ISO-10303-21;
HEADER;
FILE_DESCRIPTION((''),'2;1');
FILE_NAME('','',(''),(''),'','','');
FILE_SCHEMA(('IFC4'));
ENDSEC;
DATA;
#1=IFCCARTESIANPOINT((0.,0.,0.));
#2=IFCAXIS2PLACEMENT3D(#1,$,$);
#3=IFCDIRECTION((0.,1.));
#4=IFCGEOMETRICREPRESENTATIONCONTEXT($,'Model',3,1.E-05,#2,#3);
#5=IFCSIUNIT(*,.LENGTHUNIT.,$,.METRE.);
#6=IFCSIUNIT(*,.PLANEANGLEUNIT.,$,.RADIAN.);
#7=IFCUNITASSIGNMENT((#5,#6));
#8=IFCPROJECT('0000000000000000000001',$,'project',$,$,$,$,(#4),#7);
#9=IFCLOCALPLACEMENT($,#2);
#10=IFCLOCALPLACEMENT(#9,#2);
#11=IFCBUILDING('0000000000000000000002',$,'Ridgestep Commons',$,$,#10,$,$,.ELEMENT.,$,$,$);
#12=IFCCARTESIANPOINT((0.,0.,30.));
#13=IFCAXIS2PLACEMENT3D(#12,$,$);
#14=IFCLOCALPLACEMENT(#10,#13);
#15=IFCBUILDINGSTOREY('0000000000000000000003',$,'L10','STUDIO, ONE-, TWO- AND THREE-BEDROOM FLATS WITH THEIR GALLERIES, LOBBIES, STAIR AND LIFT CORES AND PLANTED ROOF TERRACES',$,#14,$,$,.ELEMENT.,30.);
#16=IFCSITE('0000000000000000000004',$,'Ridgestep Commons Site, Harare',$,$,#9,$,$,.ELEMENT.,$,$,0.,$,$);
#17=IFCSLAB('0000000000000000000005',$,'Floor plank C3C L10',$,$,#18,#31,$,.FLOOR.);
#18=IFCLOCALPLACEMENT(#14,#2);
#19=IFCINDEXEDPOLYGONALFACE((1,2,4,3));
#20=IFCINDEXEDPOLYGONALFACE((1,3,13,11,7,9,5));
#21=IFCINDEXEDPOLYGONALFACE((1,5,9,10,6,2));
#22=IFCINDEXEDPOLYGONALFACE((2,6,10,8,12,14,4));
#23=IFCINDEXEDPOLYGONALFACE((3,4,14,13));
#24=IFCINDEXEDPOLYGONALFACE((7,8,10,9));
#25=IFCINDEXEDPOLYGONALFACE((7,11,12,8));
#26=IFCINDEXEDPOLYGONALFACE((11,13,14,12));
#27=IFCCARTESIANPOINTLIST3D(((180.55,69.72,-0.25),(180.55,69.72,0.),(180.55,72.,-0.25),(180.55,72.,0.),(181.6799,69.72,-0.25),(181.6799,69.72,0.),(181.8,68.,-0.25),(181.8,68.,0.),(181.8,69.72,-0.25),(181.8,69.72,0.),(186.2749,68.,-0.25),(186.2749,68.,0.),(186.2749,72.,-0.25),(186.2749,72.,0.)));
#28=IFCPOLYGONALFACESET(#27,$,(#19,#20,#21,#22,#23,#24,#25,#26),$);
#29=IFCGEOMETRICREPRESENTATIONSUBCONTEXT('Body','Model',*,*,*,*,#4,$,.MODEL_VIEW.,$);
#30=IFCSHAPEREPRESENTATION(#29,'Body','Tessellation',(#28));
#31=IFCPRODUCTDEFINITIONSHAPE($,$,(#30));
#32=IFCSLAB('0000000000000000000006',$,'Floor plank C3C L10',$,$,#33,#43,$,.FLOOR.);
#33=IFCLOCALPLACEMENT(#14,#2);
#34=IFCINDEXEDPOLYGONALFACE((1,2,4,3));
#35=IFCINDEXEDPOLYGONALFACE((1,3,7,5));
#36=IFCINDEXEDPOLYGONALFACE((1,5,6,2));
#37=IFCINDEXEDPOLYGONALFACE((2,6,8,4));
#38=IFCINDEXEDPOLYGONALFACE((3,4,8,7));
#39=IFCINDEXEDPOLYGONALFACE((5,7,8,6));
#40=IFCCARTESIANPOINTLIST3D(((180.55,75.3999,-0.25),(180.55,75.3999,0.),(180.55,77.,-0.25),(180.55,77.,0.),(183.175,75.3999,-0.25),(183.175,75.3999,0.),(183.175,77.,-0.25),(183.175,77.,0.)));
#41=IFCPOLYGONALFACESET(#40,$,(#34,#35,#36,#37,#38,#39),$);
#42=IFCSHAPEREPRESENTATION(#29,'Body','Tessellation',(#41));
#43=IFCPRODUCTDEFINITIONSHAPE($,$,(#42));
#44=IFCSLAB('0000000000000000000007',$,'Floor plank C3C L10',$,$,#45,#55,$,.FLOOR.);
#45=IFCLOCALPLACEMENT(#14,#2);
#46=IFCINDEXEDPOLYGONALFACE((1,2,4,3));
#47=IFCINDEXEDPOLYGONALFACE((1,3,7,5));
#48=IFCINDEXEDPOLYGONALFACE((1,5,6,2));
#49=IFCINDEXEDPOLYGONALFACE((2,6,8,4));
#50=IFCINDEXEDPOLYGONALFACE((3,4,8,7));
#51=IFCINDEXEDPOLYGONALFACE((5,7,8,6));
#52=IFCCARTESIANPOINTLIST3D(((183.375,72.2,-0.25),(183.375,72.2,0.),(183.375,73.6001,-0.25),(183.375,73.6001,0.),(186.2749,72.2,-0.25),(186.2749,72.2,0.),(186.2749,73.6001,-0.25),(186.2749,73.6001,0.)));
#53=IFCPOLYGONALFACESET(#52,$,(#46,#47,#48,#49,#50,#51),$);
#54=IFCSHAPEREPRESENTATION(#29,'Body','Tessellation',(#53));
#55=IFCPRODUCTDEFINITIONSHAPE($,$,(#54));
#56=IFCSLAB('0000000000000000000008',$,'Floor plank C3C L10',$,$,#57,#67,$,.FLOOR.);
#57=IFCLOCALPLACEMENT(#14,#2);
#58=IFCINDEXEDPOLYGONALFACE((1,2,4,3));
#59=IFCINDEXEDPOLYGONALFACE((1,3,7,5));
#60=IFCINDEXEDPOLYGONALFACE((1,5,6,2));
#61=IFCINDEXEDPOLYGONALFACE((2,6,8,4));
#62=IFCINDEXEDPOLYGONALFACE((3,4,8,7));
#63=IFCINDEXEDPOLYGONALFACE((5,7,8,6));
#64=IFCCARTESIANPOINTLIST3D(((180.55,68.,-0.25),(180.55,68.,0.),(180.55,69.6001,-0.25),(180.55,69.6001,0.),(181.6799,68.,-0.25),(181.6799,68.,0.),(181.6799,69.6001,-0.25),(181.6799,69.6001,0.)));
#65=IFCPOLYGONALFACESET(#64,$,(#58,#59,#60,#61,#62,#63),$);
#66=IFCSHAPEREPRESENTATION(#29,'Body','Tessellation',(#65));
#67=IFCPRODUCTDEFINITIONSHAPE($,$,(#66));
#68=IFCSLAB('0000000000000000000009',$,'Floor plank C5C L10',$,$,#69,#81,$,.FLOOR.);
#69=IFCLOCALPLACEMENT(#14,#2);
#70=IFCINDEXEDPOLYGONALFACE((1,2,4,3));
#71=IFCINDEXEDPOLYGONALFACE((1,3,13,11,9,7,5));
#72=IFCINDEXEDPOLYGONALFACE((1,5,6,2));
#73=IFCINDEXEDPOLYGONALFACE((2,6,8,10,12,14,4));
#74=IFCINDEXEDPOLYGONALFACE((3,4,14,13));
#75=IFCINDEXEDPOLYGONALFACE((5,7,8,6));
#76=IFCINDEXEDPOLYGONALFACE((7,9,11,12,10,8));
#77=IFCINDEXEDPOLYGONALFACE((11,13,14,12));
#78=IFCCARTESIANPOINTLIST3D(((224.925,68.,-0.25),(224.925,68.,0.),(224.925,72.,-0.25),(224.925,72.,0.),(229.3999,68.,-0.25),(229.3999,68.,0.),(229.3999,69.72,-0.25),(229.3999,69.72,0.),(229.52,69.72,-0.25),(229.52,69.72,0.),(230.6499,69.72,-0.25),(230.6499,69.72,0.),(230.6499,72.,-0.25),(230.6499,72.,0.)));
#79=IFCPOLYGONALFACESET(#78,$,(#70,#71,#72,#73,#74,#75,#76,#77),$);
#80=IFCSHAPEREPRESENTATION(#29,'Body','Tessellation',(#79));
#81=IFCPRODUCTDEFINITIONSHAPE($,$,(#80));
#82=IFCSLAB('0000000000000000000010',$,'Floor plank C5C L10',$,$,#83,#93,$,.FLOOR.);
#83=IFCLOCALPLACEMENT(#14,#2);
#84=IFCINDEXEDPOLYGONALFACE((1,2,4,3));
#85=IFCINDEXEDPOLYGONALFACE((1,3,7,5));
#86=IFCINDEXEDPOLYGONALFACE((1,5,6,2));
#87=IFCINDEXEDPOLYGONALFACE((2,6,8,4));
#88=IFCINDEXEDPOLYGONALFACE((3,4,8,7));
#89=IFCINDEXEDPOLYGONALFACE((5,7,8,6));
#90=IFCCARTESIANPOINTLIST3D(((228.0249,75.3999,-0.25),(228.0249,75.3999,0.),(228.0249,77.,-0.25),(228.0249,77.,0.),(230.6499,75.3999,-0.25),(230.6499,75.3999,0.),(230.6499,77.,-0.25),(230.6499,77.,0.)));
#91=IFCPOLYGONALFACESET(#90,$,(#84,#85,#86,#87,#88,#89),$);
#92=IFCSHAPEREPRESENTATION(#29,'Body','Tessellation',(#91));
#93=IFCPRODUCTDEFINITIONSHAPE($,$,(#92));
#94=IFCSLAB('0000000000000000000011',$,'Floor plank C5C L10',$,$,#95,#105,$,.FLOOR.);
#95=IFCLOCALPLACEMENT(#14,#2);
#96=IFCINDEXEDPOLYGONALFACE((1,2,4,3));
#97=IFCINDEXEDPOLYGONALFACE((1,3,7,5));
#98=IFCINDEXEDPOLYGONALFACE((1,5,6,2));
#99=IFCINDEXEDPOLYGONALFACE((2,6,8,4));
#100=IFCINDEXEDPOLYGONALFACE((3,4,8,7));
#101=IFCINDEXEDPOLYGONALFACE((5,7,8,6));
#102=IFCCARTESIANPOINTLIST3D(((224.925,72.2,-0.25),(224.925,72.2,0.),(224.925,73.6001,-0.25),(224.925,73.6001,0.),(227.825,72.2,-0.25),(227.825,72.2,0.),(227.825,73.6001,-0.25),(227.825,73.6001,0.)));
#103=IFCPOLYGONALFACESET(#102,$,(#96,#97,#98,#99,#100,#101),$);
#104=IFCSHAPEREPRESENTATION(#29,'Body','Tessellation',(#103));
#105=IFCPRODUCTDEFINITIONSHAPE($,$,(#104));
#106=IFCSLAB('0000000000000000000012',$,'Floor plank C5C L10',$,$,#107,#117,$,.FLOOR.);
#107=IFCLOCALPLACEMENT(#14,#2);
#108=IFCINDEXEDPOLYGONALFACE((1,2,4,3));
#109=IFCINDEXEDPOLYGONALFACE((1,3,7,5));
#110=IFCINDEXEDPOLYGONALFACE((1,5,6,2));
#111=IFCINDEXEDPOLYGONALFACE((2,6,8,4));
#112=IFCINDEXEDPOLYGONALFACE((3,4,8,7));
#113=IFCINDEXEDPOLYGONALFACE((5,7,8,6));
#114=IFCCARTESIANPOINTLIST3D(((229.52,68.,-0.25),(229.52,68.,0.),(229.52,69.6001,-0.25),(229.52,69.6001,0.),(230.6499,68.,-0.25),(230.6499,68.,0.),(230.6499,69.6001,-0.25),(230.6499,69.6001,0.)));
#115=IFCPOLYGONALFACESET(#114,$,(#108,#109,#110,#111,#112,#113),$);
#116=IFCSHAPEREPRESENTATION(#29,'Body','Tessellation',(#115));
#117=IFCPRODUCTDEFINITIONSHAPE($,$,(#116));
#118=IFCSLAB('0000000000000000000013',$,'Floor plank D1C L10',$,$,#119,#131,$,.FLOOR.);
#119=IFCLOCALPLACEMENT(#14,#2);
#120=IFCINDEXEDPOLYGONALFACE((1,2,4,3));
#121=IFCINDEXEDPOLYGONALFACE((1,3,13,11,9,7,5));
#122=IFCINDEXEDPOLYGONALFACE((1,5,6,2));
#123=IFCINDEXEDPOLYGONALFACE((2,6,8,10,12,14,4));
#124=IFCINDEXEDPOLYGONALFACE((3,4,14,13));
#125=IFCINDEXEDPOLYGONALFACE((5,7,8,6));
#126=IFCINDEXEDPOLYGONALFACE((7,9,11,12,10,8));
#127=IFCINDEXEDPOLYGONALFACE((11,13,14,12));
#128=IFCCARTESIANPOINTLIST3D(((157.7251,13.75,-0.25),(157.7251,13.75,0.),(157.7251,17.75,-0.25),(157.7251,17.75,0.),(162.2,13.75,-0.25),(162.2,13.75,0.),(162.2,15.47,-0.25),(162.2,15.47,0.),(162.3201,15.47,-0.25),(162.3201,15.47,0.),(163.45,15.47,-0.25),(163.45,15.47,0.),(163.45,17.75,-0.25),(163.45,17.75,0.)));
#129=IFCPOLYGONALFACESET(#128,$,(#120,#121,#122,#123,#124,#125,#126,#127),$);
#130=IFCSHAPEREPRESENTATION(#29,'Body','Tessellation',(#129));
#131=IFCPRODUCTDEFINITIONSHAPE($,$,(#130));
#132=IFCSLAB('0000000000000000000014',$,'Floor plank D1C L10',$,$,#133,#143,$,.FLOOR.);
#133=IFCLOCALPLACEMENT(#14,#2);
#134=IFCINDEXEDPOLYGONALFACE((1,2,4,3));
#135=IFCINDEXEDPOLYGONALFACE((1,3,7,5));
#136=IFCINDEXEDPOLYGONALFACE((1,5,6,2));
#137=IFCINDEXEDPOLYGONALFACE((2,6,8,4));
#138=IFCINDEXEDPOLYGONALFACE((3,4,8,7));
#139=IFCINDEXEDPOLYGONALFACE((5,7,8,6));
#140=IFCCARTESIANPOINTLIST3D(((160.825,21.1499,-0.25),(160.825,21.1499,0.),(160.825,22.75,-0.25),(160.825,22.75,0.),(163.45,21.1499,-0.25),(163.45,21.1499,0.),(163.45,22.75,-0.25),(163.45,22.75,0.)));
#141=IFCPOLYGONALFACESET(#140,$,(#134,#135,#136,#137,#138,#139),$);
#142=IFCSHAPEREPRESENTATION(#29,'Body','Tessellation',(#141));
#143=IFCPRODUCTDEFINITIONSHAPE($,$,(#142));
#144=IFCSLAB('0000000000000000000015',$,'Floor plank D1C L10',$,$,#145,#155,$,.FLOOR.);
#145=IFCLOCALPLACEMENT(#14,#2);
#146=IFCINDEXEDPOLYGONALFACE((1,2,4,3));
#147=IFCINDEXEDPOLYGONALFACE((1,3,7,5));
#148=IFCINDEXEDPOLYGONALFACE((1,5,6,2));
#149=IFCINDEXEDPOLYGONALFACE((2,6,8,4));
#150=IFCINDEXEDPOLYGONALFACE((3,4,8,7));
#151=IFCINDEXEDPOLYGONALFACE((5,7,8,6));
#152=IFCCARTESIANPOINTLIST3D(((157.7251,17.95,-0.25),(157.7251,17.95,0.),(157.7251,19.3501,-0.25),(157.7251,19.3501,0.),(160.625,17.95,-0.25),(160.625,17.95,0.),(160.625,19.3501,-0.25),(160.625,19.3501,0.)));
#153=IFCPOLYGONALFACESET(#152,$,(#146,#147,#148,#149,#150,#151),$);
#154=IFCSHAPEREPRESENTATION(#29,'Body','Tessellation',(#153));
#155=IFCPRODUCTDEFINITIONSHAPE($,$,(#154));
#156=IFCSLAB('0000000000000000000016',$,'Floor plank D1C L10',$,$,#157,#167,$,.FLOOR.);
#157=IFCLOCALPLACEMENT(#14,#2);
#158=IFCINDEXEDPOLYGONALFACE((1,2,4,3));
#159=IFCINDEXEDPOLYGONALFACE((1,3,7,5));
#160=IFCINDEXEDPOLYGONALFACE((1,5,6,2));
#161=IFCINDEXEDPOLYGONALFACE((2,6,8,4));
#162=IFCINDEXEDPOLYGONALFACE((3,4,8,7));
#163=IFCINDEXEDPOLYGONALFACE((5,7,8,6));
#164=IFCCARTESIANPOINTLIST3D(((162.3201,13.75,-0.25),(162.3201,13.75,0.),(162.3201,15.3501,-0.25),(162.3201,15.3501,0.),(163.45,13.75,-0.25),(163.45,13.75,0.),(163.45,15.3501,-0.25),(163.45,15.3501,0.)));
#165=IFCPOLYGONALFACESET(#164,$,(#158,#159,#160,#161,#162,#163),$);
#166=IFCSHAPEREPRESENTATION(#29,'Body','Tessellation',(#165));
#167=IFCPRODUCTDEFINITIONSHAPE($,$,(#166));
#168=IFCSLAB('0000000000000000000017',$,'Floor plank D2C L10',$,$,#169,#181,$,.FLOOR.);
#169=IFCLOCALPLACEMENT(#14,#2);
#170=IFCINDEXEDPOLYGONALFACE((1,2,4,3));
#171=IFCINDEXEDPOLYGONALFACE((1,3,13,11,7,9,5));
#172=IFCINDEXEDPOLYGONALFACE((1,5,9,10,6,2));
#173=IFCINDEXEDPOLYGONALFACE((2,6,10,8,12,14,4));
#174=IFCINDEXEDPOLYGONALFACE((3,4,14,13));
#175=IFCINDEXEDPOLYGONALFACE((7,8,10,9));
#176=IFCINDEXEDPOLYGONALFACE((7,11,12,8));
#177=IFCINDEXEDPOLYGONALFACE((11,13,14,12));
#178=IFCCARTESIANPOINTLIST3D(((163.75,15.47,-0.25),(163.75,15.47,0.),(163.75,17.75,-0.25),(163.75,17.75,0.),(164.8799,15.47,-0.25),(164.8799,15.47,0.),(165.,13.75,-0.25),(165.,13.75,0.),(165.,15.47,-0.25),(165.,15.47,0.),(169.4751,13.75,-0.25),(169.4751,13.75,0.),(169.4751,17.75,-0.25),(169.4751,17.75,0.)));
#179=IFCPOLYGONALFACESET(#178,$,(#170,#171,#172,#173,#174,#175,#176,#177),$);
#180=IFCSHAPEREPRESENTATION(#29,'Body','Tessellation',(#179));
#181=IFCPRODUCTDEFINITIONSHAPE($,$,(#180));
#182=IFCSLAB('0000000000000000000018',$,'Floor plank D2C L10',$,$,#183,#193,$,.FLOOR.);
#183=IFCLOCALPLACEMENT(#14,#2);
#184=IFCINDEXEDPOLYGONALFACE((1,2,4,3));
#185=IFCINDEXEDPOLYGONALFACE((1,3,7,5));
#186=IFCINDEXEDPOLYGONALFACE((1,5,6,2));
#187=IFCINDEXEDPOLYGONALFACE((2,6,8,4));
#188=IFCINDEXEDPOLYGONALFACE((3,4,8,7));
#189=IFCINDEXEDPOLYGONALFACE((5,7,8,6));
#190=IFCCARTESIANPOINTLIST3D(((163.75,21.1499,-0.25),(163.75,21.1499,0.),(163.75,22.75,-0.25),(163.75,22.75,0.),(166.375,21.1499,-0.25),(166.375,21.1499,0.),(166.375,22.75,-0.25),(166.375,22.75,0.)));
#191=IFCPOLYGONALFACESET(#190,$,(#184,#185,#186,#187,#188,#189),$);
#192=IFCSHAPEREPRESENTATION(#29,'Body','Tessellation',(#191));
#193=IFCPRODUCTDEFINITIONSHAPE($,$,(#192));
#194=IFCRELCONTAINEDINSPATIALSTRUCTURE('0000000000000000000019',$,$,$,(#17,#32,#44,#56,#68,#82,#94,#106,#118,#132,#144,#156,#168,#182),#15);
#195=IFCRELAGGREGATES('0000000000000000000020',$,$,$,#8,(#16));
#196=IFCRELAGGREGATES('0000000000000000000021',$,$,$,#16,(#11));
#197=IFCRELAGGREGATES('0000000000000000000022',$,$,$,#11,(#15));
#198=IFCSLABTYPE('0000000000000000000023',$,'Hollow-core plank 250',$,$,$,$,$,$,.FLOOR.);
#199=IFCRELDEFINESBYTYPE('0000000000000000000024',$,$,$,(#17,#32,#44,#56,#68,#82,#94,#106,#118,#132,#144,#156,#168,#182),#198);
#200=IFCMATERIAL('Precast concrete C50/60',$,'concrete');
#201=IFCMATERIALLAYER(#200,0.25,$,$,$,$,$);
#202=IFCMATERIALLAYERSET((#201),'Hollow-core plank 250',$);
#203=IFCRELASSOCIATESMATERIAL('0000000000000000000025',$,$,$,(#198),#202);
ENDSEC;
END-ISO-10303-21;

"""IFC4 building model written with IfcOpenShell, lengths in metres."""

from ifc_helpers import new_model, si_unit, direction, frame, origin, place, context, subcontext, project, spatial, polyline, outline, extrude, material, layer, layer_set, type_object, element, save


model = new_model("IFC4")

# Units and contexts
model_context = context("Model", 3, precision=1e-05, world=origin(), true_north=direction((0.0, 1.0)))
body_context = subcontext(model_context, "Body", "Model", "MODEL_VIEW")
ifc_project = project(units=[si_unit("LENGTHUNIT", "METRE"), si_unit("PLANEANGLEUNIT", "RADIAN")], contexts=[model_context])

# Site, building, storey
site_placement = place(None, origin())
site = spatial("IfcSite", under=ifc_project, at=site_placement, Name="Ridgestep Commons Site, Harare", CompositionType="ELEMENT", RefElevation=0.0)
building_placement = place(site_placement, origin())
building = spatial("IfcBuilding", under=site, at=building_placement, Name="Ridgestep Commons", CompositionType="ELEMENT")
storey_placement = place(building_placement, frame((0.0, 0.0, 30.0)))
storey = spatial("IfcBuildingStorey", under=building, at=storey_placement, Name="L10", Description="STUDIO, ONE-, TWO- AND THREE-BEDROOM FLATS WITH THEIR GALLERIES, LOBBIES, STAIR AND LIFT CORES AND PLANTED ROOF TERRACES", CompositionType="ELEMENT", Elevation=30.0)

# Slabs
ifc_material_1 = material(Name="Precast concrete C50/60", Category="concrete")
ifc_layer_1 = layer(ifc_material_1, 0.25)
ifc_layer_set_1 = layer_set([ifc_layer_1], Name="Hollow-core plank 250")
slab_type_1 = type_object("IfcSlabType", Name="Hollow-core plank 250", PredefinedType="FLOOR", material=ifc_layer_set_1)
slab_1_placement = place(storey_placement, frame((0.0, 0.0, -0.25)))
element("IfcSlab", 1, at=slab_1_placement, inside=storey, type_object=slab_type_1, Name="Floor plank C3C L10", PredefinedType="FLOOR", context=body_context, shape_type="SweptSolid", body=[
    extrude(outline(polyline([(181.8, 68.0), (186.2749, 68.0), (186.2749, 72.0), (180.55, 72.0), (180.55, 69.72), (181.6799, 69.72), (181.8, 69.72), (181.8, 68.0)])), origin(), (0.0, 0.0, 1.0), 0.25),
])
slab_2_placement = place(storey_placement, frame((0.0, 0.0, -0.25)))
element("IfcSlab", 2, at=slab_2_placement, inside=storey, type_object=slab_type_1, Name="Floor plank C3C L10", PredefinedType="FLOOR", context=body_context, shape_type="SweptSolid", body=[
    extrude(outline(polyline([(183.175, 77.0), (180.55, 77.0), (180.55, 75.3999), (183.175, 75.3999), (183.175, 77.0)])), origin(), (0.0, 0.0, 1.0), 0.25),
])
slab_3_placement = place(storey_placement, frame((0.0, 0.0, -0.25)))
element("IfcSlab", 3, at=slab_3_placement, inside=storey, type_object=slab_type_1, Name="Floor plank C3C L10", PredefinedType="FLOOR", context=body_context, shape_type="SweptSolid", body=[
    extrude(outline(polyline([(186.2749, 72.2), (186.2749, 73.6001), (183.375, 73.6001), (183.375, 72.2), (186.2749, 72.2)])), origin(), (0.0, 0.0, 1.0), 0.25),
])
slab_4_placement = place(storey_placement, frame((0.0, 0.0, -0.25)))
element("IfcSlab", 4, at=slab_4_placement, inside=storey, type_object=slab_type_1, Name="Floor plank C3C L10", PredefinedType="FLOOR", context=body_context, shape_type="SweptSolid", body=[
    extrude(outline(polyline([(181.6799, 69.6001), (180.55, 69.6001), (180.55, 68.0), (181.6799, 68.0), (181.6799, 69.6001)])), origin(), (0.0, 0.0, 1.0), 0.25),
])
slab_5_placement = place(storey_placement, frame((0.0, 0.0, -0.25)))
element("IfcSlab", 5, at=slab_5_placement, inside=storey, type_object=slab_type_1, Name="Floor plank C5C L10", PredefinedType="FLOOR", context=body_context, shape_type="SweptSolid", body=[
    extrude(outline(polyline([(229.52, 69.72), (230.6499, 69.72), (230.6499, 72.0), (224.925, 72.0), (224.925, 68.0), (229.3999, 68.0), (229.3999, 69.72), (229.52, 69.72)])), origin(), (0.0, 0.0, 1.0), 0.25),
])
slab_6_placement = place(storey_placement, frame((0.0, 0.0, -0.25)))
element("IfcSlab", 6, at=slab_6_placement, inside=storey, type_object=slab_type_1, Name="Floor plank C5C L10", PredefinedType="FLOOR", context=body_context, shape_type="SweptSolid", body=[
    extrude(outline(polyline([(230.6499, 75.3999), (230.6499, 77.0), (228.0249, 77.0), (228.0249, 75.3999), (230.6499, 75.3999)])), origin(), (0.0, 0.0, 1.0), 0.25),
])
slab_7_placement = place(storey_placement, frame((0.0, 0.0, -0.25)))
element("IfcSlab", 7, at=slab_7_placement, inside=storey, type_object=slab_type_1, Name="Floor plank C5C L10", PredefinedType="FLOOR", context=body_context, shape_type="SweptSolid", body=[
    extrude(outline(polyline([(227.825, 72.2), (227.825, 73.6001), (224.925, 73.6001), (224.925, 72.2), (227.825, 72.2)])), origin(), (0.0, 0.0, 1.0), 0.25),
])
slab_8_placement = place(storey_placement, frame((0.0, 0.0, -0.25)))
element("IfcSlab", 8, at=slab_8_placement, inside=storey, type_object=slab_type_1, Name="Floor plank C5C L10", PredefinedType="FLOOR", context=body_context, shape_type="SweptSolid", body=[
    extrude(outline(polyline([(229.52, 68.0), (230.6499, 68.0), (230.6499, 69.6001), (229.52, 69.6001), (229.52, 68.0)])), origin(), (0.0, 0.0, 1.0), 0.25),
])
slab_9_placement = place(storey_placement, frame((0.0, 0.0, -0.25)))
element("IfcSlab", 9, at=slab_9_placement, inside=storey, type_object=slab_type_1, Name="Floor plank D1C L10", PredefinedType="FLOOR", context=body_context, shape_type="SweptSolid", body=[
    extrude(outline(polyline([(162.3201, 15.47), (163.45, 15.47), (163.45, 17.75), (157.7251, 17.75), (157.7251, 13.75), (162.2, 13.75), (162.2, 15.47), (162.3201, 15.47)])), origin(), (0.0, 0.0, 1.0), 0.25),
])
slab_10_placement = place(storey_placement, frame((0.0, 0.0, -0.25)))
element("IfcSlab", 10, at=slab_10_placement, inside=storey, type_object=slab_type_1, Name="Floor plank D1C L10", PredefinedType="FLOOR", context=body_context, shape_type="SweptSolid", body=[
    extrude(outline(polyline([(163.45, 21.1499), (163.45, 22.75), (160.825, 22.75), (160.825, 21.1499), (163.45, 21.1499)])), origin(), (0.0, 0.0, 1.0), 0.25),
])
slab_11_placement = place(storey_placement, frame((0.0, 0.0, -0.25)))
element("IfcSlab", 11, at=slab_11_placement, inside=storey, type_object=slab_type_1, Name="Floor plank D1C L10", PredefinedType="FLOOR", context=body_context, shape_type="SweptSolid", body=[
    extrude(outline(polyline([(160.625, 17.95), (160.625, 19.3501), (157.7251, 19.3501), (157.7251, 17.95), (160.625, 17.95)])), origin(), (0.0, 0.0, 1.0), 0.25),
])
slab_12_placement = place(storey_placement, frame((0.0, 0.0, -0.25)))
element("IfcSlab", 12, at=slab_12_placement, inside=storey, type_object=slab_type_1, Name="Floor plank D1C L10", PredefinedType="FLOOR", context=body_context, shape_type="SweptSolid", body=[
    extrude(outline(polyline([(162.3201, 13.75), (163.45, 13.75), (163.45, 15.3501), (162.3201, 15.3501), (162.3201, 13.75)])), origin(), (0.0, 0.0, 1.0), 0.25),
])
slab_13_placement = place(storey_placement, frame((0.0, 0.0, -0.25)))
element("IfcSlab", 13, at=slab_13_placement, inside=storey, type_object=slab_type_1, Name="Floor plank D2C L10", PredefinedType="FLOOR", context=body_context, shape_type="SweptSolid", body=[
    extrude(outline(polyline([(165.0, 13.75), (169.4751, 13.75), (169.4751, 17.75), (163.75, 17.75), (163.75, 15.47), (164.8799, 15.47), (165.0, 15.47), (165.0, 13.75)])), origin(), (0.0, 0.0, 1.0), 0.25),
])
slab_14_placement = place(storey_placement, frame((0.0, 0.0, -0.25)))
element("IfcSlab", 14, at=slab_14_placement, inside=storey, type_object=slab_type_1, Name="Floor plank D2C L10", PredefinedType="FLOOR", context=body_context, shape_type="SweptSolid", body=[
    extrude(outline(polyline([(166.375, 22.75), (163.75, 22.75), (163.75, 21.1499), (166.375, 21.1499), (166.375, 22.75)])), origin(), (0.0, 0.0, 1.0), 0.25),
])

save(model, "model.ifc")
